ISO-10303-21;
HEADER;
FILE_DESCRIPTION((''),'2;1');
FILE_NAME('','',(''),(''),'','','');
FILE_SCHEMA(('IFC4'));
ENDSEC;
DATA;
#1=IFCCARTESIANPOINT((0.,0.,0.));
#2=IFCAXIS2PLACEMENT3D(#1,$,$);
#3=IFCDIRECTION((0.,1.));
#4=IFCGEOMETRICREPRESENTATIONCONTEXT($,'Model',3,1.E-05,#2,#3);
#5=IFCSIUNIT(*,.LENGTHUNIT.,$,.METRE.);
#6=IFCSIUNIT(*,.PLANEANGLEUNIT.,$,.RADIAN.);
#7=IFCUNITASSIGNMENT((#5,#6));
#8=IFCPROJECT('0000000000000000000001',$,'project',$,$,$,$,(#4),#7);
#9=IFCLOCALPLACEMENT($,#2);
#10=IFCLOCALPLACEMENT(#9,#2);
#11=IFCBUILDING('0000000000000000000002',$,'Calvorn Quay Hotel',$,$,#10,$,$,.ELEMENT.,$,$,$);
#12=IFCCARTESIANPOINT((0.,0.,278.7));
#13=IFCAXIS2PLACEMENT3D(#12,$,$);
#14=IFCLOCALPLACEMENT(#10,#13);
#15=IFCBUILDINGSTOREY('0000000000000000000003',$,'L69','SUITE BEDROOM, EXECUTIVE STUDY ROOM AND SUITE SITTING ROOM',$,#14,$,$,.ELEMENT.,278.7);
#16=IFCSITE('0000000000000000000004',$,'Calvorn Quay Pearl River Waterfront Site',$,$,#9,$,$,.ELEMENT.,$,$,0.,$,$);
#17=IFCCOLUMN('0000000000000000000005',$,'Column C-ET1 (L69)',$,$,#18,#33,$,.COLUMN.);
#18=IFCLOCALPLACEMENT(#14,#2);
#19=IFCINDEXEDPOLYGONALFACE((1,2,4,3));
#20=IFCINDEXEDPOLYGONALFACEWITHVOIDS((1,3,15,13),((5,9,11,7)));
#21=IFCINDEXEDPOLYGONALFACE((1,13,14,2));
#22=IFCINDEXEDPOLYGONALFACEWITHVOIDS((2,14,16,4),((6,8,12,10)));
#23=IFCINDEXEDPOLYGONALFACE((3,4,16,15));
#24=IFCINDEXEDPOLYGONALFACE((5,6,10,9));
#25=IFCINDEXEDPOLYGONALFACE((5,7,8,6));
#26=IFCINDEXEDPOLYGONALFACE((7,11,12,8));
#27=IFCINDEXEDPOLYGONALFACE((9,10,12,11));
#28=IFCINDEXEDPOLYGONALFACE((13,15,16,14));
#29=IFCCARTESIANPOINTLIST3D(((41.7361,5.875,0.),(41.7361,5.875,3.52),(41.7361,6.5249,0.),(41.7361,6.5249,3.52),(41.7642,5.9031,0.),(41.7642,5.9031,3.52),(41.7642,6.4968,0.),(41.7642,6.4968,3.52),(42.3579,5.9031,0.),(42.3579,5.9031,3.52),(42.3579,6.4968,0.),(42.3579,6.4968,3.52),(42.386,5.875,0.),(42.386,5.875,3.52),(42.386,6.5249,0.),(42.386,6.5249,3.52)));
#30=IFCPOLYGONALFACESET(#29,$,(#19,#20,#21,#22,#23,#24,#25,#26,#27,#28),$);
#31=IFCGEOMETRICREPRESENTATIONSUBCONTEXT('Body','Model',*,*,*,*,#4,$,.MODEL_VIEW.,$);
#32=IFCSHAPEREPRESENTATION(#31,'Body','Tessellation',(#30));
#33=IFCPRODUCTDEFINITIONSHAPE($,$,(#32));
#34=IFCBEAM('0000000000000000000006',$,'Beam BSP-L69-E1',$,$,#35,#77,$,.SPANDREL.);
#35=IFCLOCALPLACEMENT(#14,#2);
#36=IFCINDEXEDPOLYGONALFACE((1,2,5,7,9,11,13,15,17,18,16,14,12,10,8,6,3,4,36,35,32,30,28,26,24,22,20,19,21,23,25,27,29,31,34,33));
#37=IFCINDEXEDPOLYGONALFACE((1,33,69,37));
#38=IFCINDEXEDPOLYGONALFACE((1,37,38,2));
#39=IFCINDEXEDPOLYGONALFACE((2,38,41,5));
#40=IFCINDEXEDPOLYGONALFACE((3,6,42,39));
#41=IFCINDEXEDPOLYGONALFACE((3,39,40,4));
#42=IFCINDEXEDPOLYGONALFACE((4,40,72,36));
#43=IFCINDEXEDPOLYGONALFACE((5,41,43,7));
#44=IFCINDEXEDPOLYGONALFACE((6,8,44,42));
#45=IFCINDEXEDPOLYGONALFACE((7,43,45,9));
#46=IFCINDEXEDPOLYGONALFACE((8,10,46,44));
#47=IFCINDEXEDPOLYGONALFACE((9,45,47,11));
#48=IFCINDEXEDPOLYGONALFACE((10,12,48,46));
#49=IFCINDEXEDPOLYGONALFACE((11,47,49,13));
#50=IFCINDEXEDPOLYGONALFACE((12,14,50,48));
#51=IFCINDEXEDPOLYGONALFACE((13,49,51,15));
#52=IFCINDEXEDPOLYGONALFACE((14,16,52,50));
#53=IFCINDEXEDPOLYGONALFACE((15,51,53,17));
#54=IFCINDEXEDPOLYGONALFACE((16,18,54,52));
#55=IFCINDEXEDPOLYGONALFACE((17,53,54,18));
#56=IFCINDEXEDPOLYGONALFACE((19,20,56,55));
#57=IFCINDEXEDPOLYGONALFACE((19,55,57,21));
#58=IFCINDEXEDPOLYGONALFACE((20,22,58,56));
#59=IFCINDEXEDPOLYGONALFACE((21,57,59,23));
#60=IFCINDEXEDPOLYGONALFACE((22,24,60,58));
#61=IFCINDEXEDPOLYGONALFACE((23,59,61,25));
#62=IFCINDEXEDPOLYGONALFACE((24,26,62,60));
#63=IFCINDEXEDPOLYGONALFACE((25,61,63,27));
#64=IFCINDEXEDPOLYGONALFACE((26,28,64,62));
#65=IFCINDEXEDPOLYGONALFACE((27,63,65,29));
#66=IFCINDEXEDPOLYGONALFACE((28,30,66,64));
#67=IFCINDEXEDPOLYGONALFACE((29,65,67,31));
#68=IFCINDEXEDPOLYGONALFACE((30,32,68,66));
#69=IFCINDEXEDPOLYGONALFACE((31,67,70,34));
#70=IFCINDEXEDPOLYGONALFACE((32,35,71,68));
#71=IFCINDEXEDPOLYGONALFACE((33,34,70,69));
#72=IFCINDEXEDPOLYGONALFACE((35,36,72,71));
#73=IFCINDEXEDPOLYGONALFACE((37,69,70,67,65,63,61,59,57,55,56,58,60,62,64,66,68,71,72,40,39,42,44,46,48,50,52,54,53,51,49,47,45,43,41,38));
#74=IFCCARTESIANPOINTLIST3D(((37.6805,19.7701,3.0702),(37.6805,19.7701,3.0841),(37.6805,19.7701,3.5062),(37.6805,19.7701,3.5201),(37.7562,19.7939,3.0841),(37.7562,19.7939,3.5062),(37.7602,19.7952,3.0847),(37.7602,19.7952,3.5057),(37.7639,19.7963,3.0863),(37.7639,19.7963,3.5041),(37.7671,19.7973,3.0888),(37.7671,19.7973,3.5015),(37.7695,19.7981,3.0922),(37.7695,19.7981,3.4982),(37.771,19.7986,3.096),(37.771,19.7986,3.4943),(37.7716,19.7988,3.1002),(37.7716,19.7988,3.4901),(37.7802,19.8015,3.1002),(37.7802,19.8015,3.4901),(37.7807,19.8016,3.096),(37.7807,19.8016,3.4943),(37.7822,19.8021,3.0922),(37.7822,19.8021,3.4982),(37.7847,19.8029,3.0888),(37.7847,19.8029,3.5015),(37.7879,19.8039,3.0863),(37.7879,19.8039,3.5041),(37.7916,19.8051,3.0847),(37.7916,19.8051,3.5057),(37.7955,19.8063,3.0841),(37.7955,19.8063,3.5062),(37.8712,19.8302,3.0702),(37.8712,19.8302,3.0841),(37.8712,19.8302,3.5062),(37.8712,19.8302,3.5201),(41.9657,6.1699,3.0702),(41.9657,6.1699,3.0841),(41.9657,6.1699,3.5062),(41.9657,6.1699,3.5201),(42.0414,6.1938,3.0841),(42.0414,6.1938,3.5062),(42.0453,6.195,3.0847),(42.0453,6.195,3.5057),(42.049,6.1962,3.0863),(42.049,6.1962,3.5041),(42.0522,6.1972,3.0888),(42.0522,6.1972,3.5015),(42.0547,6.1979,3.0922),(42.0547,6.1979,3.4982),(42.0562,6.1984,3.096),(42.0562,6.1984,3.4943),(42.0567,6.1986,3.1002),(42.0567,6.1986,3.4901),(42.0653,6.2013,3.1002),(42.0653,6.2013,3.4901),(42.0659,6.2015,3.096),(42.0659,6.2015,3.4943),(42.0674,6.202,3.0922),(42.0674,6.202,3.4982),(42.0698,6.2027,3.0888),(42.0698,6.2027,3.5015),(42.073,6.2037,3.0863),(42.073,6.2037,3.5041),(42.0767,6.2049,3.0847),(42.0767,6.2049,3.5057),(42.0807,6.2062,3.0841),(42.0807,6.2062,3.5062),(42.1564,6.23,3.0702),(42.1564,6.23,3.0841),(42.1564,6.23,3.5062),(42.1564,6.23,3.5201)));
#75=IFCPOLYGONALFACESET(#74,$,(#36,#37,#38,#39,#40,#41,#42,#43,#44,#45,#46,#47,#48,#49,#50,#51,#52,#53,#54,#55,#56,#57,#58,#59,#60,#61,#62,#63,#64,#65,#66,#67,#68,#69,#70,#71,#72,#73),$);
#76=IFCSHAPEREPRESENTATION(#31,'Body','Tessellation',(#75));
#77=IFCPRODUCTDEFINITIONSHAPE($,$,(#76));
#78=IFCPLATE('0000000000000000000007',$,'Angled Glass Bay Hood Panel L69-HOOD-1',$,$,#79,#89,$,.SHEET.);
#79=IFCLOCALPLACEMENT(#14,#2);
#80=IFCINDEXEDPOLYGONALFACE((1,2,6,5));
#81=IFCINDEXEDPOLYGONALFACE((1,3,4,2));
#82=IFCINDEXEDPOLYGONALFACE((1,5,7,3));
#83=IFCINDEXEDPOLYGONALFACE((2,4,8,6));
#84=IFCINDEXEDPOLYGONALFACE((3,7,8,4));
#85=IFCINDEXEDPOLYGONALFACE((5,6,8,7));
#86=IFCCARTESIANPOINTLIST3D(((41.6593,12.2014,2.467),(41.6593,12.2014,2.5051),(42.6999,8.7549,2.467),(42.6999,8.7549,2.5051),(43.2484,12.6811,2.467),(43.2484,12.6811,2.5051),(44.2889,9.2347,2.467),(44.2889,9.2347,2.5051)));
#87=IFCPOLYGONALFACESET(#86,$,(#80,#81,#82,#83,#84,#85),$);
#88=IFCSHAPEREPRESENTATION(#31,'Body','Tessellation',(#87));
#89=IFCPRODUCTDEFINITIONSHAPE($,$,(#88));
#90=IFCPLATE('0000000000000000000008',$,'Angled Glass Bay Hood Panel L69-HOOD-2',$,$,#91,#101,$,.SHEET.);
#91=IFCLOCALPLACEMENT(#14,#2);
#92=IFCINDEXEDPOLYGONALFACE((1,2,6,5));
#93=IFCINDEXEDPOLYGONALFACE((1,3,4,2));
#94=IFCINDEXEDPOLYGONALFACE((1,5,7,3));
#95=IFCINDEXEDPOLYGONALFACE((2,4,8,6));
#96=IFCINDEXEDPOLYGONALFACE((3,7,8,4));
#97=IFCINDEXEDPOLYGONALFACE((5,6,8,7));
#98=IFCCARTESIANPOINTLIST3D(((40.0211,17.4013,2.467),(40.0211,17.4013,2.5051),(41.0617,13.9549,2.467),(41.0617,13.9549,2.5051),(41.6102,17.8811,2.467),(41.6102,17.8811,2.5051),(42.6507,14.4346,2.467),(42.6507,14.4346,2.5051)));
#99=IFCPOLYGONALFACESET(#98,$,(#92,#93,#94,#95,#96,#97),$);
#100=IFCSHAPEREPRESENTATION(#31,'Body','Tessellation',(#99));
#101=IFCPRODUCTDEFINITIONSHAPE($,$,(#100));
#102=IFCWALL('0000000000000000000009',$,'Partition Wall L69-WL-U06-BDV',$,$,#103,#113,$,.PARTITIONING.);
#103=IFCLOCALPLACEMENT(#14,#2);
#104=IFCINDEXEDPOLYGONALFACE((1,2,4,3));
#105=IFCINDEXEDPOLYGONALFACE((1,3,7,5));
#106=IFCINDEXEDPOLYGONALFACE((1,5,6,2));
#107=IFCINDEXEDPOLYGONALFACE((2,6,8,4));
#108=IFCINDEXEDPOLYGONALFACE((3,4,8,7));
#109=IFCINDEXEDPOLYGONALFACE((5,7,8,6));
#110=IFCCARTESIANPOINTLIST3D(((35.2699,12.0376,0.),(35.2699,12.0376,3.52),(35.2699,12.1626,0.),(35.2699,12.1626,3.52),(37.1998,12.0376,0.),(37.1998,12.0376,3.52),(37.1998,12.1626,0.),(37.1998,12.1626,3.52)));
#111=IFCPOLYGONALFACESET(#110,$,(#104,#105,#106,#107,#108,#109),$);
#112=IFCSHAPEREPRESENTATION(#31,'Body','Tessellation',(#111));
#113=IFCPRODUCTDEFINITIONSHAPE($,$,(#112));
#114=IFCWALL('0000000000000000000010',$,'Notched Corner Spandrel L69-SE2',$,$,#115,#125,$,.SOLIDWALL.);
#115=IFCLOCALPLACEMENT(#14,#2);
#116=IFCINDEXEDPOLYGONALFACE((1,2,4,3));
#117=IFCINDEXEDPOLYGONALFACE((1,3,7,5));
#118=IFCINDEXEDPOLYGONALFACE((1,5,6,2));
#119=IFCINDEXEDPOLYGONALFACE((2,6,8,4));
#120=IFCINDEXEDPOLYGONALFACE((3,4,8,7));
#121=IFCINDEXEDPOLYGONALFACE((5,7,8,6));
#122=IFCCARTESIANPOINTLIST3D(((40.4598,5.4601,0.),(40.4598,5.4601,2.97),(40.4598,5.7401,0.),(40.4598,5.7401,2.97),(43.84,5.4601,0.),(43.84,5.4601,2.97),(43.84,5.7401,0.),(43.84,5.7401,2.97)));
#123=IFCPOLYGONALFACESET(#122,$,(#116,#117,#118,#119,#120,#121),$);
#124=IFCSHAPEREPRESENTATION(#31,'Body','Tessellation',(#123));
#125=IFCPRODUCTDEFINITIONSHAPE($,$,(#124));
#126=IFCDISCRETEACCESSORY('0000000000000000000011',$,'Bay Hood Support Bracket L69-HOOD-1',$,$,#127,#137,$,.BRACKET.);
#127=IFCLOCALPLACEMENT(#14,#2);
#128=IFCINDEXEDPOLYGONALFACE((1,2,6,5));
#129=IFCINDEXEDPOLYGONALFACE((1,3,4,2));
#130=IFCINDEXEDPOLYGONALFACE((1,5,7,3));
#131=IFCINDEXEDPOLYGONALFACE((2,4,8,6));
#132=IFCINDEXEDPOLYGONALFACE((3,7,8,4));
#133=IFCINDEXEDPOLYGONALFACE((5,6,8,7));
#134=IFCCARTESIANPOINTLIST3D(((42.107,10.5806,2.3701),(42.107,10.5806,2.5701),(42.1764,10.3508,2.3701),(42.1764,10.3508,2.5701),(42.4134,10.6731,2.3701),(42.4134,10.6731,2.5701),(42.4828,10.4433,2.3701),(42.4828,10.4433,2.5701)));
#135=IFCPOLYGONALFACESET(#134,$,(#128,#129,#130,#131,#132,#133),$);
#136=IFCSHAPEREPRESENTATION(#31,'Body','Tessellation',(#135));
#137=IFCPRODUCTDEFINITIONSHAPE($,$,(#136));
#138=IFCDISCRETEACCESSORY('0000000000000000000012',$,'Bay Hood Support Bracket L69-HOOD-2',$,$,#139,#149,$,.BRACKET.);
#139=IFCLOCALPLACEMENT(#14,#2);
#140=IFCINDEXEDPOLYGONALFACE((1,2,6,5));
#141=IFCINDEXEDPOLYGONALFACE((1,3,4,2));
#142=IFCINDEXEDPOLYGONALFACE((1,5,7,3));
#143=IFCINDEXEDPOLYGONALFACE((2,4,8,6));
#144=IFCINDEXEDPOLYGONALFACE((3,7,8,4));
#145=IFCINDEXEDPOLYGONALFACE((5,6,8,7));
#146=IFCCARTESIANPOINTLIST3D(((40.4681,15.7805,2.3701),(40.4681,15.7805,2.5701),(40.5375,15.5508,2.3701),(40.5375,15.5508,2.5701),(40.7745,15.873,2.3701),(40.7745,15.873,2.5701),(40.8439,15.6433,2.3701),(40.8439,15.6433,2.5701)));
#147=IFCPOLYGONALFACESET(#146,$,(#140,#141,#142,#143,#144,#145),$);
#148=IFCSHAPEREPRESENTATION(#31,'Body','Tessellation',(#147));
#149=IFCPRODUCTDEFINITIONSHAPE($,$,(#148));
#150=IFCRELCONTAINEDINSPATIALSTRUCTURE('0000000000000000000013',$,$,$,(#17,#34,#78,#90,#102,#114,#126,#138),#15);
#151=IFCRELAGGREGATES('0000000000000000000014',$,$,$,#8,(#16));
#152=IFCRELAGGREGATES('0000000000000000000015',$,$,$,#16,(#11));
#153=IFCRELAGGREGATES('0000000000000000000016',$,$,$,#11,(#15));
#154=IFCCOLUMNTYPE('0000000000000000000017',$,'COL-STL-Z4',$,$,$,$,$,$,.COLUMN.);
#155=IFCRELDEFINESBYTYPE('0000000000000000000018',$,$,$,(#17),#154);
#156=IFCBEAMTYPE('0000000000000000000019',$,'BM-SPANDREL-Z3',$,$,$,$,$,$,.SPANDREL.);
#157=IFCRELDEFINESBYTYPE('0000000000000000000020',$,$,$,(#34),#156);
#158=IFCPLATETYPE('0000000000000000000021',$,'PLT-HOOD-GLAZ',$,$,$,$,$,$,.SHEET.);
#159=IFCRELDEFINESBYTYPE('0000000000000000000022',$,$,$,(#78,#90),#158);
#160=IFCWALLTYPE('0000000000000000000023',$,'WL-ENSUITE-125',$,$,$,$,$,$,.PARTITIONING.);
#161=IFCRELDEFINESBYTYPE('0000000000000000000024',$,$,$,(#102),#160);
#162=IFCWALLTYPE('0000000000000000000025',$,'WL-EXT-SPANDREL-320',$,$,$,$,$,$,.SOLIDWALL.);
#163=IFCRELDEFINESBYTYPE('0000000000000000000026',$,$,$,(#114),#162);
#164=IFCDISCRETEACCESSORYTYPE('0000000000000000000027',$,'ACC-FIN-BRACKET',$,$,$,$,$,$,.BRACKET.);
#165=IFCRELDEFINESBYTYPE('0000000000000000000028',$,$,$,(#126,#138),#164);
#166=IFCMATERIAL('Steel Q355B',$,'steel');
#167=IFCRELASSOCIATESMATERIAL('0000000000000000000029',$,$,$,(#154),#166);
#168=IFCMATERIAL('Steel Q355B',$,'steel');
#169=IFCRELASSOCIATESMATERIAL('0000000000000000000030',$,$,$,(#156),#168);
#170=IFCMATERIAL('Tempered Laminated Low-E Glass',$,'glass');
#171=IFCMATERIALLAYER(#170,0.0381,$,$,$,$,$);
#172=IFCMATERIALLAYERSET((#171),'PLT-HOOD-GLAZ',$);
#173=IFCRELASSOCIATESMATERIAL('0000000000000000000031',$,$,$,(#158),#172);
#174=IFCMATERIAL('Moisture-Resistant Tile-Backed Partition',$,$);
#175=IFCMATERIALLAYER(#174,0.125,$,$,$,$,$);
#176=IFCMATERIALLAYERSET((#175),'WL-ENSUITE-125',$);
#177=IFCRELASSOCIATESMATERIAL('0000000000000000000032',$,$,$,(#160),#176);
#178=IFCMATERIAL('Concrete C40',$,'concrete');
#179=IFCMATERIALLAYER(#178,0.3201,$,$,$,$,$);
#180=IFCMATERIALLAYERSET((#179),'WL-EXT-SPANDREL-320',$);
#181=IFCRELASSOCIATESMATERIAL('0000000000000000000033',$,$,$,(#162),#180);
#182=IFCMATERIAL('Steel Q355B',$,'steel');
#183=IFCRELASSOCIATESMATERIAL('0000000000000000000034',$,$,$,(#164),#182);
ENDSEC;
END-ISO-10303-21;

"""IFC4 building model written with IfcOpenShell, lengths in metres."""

from ifc_helpers import new_model, si_unit, direction, frame, frame_2d, origin, origin_2d, place, context, subcontext, project, spatial, rectangle, hollow_rectangle, i_section, extrude, material, layer, layer_set, material_profile, profile_set, type_object, element, save


model = new_model("IFC4")

# Units and contexts
model_context = context("Model", 3, precision=1e-05, world=origin(), true_north=direction((0.0, 1.0)))
body_context = subcontext(model_context, "Body", "Model", "MODEL_VIEW")
ifc_project = project(units=[si_unit("LENGTHUNIT", "METRE"), si_unit("PLANEANGLEUNIT", "RADIAN")], contexts=[model_context])

# Site, building, storey
site_placement = place(None, origin())
site = spatial("IfcSite", under=ifc_project, at=site_placement, Name="Calvorn Quay Pearl River Waterfront Site", CompositionType="ELEMENT", RefElevation=0.0)
building_placement = place(site_placement, origin())
building = spatial("IfcBuilding", under=site, at=building_placement, Name="Calvorn Quay Hotel", CompositionType="ELEMENT")
storey_placement = place(building_placement, frame((0.0, 0.0, 278.7)))
storey = spatial("IfcBuildingStorey", under=building, at=storey_placement, Name="L69", Description="SUITE BEDROOM, EXECUTIVE STUDY ROOM AND SUITE SITTING ROOM", CompositionType="ELEMENT", Elevation=278.7)

# Column
ifc_material_1 = material(Name="Steel Q355B", Category="steel")
ifc_material_profile_1 = material_profile(ifc_material_1, hollow_rectangle(XDim=0.6499, YDim=0.6499, WallThickness=0.0281, at=origin_2d()), Name="BOX650x650x28")
ifc_profile_set_1 = profile_set([ifc_material_profile_1], Name="Steel Q355B")
column_type = type_object("IfcColumnType", Name="COL-STL-Z4", PredefinedType="COLUMN", material=ifc_profile_set_1)
column_placement = place(storey_placement, frame((42.061, 6.2, 0.0), z_axis=(0.0, 0.0, 1.0), x_axis=(1.0, 0.0, 0.0)))
element("IfcColumn", 1, at=column_placement, inside=storey, type_object=column_type, Name="Column C-ET1 (L69)", PredefinedType="COLUMN", context=body_context, shape_type="SweptSolid", body=[
    extrude(hollow_rectangle(XDim=0.6499, YDim=0.6499, WallThickness=0.0281, at=origin_2d()), origin(), (0.0, 0.0, 1.0), 3.52),
])

# Beam
ifc_material_2 = material(Name="Steel Q355B", Category="steel")
ifc_material_profile_2 = material_profile(ifc_material_2, i_section(OverallWidth=0.2, OverallDepth=0.45, WebThickness=0.009, FlangeThickness=0.0139, FilletRadius=0.0161, at=origin_2d()), Name="HN450x200x9x14")
ifc_profile_set_2 = profile_set([ifc_material_profile_2], Name="Steel Q355B")
beam_type = type_object("IfcBeamType", Name="BM-SPANDREL-Z3", PredefinedType="SPANDREL", material=ifc_profile_set_2)
beam_placement = place(storey_placement, frame((42.061, 6.2, 3.2952), z_axis=(-0.300518, 0.953776, 0.0), x_axis=(-0.953776, -0.300518, 0.0)))
element("IfcBeam", 2, at=beam_placement, inside=storey, type_object=beam_type, Name="Beam BSP-L69-E1", PredefinedType="SPANDREL", context=body_context, shape_type="SweptSolid", body=[
    extrude(i_section(OverallWidth=0.2, OverallDepth=0.45, WebThickness=0.009, FlangeThickness=0.0139, FilletRadius=0.0161, at=origin_2d()), origin(), (0.0, 0.0, 1.0), 14.2593),
])

# Plates
ifc_material_3 = material(Name="Tempered Laminated Low-E Glass", Category="glass")
ifc_layer_1 = layer(ifc_material_3, 0.0381)
ifc_layer_set_1 = layer_set([ifc_layer_1], Name="PLT-HOOD-GLAZ")
plate_type = type_object("IfcPlateType", Name="PLT-HOOD-GLAZ", PredefinedType="SHEET", material=ifc_layer_set_1)
for number, where, z_axis, x_axis, name in (
    (3, (42.9741, 10.718, 2.467), (0.0, 0.0, 1.0), (0.957319, 0.289032, 0.0), "Angled Glass Bay Hood Panel L69-HOOD-1"),
    (4, (41.3359, 15.918, 2.467), (0.0, 0.0, 1.0), (0.957319, 0.289032, 0.0), "Angled Glass Bay Hood Panel L69-HOOD-2"),
):
    element("IfcPlate", number, at=place(storey_placement, frame(where, z_axis=z_axis, x_axis=x_axis)), inside=storey, type_object=plate_type, Name=name, PredefinedType="SHEET", context=body_context, shape_type="SweptSolid", body=[
        extrude(rectangle(XDim=1.6599, YDim=3.6001, at=origin_2d()), origin(), (0.0, 0.0, 1.0), 0.0381),
    ])

# Walls
ifc_material_4 = material(Name="Moisture-Resistant Tile-Backed Partition")
ifc_layer_2 = layer(ifc_material_4, 0.125)
ifc_layer_set_2 = layer_set([ifc_layer_2], Name="WL-ENSUITE-125")
wall_type_1 = type_object("IfcWallType", Name="WL-ENSUITE-125", PredefinedType="PARTITIONING", material=ifc_layer_set_2)
wall_1_placement = place(storey_placement, frame((35.27, 12.1001, 0.0), z_axis=(0.0, 0.0, 1.0), x_axis=(1.0, 0.0, 0.0)))
element("IfcWall", 5, at=wall_1_placement, inside=storey, type_object=wall_type_1, Name="Partition Wall L69-WL-U06-BDV", PredefinedType="PARTITIONING", context=body_context, shape_type="SweptSolid", body=[
    extrude(rectangle(XDim=1.9299, YDim=0.125, at=frame_2d((0.9648, 0.0))), origin(), (0.0, 0.0, 1.0), 3.52),
])
ifc_material_5 = material(Name="Concrete C40", Category="concrete")
ifc_layer_3 = layer(ifc_material_5, 0.3201)
ifc_layer_set_3 = layer_set([ifc_layer_3], Name="WL-EXT-SPANDREL-320")
wall_type_2 = type_object("IfcWallType", Name="WL-EXT-SPANDREL-320", PredefinedType="SOLIDWALL", material=ifc_layer_set_3)
wall_2_placement = place(storey_placement, frame((40.46, 5.6001, 0.0), z_axis=(0.0, 0.0, 1.0), x_axis=(1.0, 0.0, 0.0)))
element("IfcWall", 6, at=wall_2_placement, inside=storey, type_object=wall_type_2, Name="Notched Corner Spandrel L69-SE2", PredefinedType="SOLIDWALL", context=body_context, shape_type="SweptSolid", body=[
    extrude(rectangle(XDim=3.3801, YDim=0.28, at=frame_2d((1.6899, 0.0))), origin(), (0.0, 0.0, 1.0), 2.97),
])

# Discrete accessories
ifc_material_6 = material(Name="Steel Q355B", Category="steel")
discrete_accessory_type = type_object("IfcDiscreteAccessoryType", Name="ACC-FIN-BRACKET", PredefinedType="BRACKET", material=ifc_material_6)
for number, where, z_axis, x_axis, name in (
    (7, (42.2949, 10.512, 2.3701), (0.0, 0.0, 1.0), (0.957319, 0.289032, 0.0), "Bay Hood Support Bracket L69-HOOD-1"),
    (8, (40.656, 15.7119, 2.3701), (0.0, 0.0, 1.0), (0.957319, 0.289032, 0.0), "Bay Hood Support Bracket L69-HOOD-2"),
):
    element("IfcDiscreteAccessory", number, at=place(storey_placement, frame(where, z_axis=z_axis, x_axis=x_axis)), inside=storey, type_object=discrete_accessory_type, Name=name, PredefinedType="BRACKET", context=body_context, shape_type="SweptSolid", body=[
        extrude(rectangle(XDim=0.3201, YDim=0.24, at=origin_2d()), origin(), (0.0, 0.0, 1.0), 0.2),
    ])

save(model, "model.ifc")
